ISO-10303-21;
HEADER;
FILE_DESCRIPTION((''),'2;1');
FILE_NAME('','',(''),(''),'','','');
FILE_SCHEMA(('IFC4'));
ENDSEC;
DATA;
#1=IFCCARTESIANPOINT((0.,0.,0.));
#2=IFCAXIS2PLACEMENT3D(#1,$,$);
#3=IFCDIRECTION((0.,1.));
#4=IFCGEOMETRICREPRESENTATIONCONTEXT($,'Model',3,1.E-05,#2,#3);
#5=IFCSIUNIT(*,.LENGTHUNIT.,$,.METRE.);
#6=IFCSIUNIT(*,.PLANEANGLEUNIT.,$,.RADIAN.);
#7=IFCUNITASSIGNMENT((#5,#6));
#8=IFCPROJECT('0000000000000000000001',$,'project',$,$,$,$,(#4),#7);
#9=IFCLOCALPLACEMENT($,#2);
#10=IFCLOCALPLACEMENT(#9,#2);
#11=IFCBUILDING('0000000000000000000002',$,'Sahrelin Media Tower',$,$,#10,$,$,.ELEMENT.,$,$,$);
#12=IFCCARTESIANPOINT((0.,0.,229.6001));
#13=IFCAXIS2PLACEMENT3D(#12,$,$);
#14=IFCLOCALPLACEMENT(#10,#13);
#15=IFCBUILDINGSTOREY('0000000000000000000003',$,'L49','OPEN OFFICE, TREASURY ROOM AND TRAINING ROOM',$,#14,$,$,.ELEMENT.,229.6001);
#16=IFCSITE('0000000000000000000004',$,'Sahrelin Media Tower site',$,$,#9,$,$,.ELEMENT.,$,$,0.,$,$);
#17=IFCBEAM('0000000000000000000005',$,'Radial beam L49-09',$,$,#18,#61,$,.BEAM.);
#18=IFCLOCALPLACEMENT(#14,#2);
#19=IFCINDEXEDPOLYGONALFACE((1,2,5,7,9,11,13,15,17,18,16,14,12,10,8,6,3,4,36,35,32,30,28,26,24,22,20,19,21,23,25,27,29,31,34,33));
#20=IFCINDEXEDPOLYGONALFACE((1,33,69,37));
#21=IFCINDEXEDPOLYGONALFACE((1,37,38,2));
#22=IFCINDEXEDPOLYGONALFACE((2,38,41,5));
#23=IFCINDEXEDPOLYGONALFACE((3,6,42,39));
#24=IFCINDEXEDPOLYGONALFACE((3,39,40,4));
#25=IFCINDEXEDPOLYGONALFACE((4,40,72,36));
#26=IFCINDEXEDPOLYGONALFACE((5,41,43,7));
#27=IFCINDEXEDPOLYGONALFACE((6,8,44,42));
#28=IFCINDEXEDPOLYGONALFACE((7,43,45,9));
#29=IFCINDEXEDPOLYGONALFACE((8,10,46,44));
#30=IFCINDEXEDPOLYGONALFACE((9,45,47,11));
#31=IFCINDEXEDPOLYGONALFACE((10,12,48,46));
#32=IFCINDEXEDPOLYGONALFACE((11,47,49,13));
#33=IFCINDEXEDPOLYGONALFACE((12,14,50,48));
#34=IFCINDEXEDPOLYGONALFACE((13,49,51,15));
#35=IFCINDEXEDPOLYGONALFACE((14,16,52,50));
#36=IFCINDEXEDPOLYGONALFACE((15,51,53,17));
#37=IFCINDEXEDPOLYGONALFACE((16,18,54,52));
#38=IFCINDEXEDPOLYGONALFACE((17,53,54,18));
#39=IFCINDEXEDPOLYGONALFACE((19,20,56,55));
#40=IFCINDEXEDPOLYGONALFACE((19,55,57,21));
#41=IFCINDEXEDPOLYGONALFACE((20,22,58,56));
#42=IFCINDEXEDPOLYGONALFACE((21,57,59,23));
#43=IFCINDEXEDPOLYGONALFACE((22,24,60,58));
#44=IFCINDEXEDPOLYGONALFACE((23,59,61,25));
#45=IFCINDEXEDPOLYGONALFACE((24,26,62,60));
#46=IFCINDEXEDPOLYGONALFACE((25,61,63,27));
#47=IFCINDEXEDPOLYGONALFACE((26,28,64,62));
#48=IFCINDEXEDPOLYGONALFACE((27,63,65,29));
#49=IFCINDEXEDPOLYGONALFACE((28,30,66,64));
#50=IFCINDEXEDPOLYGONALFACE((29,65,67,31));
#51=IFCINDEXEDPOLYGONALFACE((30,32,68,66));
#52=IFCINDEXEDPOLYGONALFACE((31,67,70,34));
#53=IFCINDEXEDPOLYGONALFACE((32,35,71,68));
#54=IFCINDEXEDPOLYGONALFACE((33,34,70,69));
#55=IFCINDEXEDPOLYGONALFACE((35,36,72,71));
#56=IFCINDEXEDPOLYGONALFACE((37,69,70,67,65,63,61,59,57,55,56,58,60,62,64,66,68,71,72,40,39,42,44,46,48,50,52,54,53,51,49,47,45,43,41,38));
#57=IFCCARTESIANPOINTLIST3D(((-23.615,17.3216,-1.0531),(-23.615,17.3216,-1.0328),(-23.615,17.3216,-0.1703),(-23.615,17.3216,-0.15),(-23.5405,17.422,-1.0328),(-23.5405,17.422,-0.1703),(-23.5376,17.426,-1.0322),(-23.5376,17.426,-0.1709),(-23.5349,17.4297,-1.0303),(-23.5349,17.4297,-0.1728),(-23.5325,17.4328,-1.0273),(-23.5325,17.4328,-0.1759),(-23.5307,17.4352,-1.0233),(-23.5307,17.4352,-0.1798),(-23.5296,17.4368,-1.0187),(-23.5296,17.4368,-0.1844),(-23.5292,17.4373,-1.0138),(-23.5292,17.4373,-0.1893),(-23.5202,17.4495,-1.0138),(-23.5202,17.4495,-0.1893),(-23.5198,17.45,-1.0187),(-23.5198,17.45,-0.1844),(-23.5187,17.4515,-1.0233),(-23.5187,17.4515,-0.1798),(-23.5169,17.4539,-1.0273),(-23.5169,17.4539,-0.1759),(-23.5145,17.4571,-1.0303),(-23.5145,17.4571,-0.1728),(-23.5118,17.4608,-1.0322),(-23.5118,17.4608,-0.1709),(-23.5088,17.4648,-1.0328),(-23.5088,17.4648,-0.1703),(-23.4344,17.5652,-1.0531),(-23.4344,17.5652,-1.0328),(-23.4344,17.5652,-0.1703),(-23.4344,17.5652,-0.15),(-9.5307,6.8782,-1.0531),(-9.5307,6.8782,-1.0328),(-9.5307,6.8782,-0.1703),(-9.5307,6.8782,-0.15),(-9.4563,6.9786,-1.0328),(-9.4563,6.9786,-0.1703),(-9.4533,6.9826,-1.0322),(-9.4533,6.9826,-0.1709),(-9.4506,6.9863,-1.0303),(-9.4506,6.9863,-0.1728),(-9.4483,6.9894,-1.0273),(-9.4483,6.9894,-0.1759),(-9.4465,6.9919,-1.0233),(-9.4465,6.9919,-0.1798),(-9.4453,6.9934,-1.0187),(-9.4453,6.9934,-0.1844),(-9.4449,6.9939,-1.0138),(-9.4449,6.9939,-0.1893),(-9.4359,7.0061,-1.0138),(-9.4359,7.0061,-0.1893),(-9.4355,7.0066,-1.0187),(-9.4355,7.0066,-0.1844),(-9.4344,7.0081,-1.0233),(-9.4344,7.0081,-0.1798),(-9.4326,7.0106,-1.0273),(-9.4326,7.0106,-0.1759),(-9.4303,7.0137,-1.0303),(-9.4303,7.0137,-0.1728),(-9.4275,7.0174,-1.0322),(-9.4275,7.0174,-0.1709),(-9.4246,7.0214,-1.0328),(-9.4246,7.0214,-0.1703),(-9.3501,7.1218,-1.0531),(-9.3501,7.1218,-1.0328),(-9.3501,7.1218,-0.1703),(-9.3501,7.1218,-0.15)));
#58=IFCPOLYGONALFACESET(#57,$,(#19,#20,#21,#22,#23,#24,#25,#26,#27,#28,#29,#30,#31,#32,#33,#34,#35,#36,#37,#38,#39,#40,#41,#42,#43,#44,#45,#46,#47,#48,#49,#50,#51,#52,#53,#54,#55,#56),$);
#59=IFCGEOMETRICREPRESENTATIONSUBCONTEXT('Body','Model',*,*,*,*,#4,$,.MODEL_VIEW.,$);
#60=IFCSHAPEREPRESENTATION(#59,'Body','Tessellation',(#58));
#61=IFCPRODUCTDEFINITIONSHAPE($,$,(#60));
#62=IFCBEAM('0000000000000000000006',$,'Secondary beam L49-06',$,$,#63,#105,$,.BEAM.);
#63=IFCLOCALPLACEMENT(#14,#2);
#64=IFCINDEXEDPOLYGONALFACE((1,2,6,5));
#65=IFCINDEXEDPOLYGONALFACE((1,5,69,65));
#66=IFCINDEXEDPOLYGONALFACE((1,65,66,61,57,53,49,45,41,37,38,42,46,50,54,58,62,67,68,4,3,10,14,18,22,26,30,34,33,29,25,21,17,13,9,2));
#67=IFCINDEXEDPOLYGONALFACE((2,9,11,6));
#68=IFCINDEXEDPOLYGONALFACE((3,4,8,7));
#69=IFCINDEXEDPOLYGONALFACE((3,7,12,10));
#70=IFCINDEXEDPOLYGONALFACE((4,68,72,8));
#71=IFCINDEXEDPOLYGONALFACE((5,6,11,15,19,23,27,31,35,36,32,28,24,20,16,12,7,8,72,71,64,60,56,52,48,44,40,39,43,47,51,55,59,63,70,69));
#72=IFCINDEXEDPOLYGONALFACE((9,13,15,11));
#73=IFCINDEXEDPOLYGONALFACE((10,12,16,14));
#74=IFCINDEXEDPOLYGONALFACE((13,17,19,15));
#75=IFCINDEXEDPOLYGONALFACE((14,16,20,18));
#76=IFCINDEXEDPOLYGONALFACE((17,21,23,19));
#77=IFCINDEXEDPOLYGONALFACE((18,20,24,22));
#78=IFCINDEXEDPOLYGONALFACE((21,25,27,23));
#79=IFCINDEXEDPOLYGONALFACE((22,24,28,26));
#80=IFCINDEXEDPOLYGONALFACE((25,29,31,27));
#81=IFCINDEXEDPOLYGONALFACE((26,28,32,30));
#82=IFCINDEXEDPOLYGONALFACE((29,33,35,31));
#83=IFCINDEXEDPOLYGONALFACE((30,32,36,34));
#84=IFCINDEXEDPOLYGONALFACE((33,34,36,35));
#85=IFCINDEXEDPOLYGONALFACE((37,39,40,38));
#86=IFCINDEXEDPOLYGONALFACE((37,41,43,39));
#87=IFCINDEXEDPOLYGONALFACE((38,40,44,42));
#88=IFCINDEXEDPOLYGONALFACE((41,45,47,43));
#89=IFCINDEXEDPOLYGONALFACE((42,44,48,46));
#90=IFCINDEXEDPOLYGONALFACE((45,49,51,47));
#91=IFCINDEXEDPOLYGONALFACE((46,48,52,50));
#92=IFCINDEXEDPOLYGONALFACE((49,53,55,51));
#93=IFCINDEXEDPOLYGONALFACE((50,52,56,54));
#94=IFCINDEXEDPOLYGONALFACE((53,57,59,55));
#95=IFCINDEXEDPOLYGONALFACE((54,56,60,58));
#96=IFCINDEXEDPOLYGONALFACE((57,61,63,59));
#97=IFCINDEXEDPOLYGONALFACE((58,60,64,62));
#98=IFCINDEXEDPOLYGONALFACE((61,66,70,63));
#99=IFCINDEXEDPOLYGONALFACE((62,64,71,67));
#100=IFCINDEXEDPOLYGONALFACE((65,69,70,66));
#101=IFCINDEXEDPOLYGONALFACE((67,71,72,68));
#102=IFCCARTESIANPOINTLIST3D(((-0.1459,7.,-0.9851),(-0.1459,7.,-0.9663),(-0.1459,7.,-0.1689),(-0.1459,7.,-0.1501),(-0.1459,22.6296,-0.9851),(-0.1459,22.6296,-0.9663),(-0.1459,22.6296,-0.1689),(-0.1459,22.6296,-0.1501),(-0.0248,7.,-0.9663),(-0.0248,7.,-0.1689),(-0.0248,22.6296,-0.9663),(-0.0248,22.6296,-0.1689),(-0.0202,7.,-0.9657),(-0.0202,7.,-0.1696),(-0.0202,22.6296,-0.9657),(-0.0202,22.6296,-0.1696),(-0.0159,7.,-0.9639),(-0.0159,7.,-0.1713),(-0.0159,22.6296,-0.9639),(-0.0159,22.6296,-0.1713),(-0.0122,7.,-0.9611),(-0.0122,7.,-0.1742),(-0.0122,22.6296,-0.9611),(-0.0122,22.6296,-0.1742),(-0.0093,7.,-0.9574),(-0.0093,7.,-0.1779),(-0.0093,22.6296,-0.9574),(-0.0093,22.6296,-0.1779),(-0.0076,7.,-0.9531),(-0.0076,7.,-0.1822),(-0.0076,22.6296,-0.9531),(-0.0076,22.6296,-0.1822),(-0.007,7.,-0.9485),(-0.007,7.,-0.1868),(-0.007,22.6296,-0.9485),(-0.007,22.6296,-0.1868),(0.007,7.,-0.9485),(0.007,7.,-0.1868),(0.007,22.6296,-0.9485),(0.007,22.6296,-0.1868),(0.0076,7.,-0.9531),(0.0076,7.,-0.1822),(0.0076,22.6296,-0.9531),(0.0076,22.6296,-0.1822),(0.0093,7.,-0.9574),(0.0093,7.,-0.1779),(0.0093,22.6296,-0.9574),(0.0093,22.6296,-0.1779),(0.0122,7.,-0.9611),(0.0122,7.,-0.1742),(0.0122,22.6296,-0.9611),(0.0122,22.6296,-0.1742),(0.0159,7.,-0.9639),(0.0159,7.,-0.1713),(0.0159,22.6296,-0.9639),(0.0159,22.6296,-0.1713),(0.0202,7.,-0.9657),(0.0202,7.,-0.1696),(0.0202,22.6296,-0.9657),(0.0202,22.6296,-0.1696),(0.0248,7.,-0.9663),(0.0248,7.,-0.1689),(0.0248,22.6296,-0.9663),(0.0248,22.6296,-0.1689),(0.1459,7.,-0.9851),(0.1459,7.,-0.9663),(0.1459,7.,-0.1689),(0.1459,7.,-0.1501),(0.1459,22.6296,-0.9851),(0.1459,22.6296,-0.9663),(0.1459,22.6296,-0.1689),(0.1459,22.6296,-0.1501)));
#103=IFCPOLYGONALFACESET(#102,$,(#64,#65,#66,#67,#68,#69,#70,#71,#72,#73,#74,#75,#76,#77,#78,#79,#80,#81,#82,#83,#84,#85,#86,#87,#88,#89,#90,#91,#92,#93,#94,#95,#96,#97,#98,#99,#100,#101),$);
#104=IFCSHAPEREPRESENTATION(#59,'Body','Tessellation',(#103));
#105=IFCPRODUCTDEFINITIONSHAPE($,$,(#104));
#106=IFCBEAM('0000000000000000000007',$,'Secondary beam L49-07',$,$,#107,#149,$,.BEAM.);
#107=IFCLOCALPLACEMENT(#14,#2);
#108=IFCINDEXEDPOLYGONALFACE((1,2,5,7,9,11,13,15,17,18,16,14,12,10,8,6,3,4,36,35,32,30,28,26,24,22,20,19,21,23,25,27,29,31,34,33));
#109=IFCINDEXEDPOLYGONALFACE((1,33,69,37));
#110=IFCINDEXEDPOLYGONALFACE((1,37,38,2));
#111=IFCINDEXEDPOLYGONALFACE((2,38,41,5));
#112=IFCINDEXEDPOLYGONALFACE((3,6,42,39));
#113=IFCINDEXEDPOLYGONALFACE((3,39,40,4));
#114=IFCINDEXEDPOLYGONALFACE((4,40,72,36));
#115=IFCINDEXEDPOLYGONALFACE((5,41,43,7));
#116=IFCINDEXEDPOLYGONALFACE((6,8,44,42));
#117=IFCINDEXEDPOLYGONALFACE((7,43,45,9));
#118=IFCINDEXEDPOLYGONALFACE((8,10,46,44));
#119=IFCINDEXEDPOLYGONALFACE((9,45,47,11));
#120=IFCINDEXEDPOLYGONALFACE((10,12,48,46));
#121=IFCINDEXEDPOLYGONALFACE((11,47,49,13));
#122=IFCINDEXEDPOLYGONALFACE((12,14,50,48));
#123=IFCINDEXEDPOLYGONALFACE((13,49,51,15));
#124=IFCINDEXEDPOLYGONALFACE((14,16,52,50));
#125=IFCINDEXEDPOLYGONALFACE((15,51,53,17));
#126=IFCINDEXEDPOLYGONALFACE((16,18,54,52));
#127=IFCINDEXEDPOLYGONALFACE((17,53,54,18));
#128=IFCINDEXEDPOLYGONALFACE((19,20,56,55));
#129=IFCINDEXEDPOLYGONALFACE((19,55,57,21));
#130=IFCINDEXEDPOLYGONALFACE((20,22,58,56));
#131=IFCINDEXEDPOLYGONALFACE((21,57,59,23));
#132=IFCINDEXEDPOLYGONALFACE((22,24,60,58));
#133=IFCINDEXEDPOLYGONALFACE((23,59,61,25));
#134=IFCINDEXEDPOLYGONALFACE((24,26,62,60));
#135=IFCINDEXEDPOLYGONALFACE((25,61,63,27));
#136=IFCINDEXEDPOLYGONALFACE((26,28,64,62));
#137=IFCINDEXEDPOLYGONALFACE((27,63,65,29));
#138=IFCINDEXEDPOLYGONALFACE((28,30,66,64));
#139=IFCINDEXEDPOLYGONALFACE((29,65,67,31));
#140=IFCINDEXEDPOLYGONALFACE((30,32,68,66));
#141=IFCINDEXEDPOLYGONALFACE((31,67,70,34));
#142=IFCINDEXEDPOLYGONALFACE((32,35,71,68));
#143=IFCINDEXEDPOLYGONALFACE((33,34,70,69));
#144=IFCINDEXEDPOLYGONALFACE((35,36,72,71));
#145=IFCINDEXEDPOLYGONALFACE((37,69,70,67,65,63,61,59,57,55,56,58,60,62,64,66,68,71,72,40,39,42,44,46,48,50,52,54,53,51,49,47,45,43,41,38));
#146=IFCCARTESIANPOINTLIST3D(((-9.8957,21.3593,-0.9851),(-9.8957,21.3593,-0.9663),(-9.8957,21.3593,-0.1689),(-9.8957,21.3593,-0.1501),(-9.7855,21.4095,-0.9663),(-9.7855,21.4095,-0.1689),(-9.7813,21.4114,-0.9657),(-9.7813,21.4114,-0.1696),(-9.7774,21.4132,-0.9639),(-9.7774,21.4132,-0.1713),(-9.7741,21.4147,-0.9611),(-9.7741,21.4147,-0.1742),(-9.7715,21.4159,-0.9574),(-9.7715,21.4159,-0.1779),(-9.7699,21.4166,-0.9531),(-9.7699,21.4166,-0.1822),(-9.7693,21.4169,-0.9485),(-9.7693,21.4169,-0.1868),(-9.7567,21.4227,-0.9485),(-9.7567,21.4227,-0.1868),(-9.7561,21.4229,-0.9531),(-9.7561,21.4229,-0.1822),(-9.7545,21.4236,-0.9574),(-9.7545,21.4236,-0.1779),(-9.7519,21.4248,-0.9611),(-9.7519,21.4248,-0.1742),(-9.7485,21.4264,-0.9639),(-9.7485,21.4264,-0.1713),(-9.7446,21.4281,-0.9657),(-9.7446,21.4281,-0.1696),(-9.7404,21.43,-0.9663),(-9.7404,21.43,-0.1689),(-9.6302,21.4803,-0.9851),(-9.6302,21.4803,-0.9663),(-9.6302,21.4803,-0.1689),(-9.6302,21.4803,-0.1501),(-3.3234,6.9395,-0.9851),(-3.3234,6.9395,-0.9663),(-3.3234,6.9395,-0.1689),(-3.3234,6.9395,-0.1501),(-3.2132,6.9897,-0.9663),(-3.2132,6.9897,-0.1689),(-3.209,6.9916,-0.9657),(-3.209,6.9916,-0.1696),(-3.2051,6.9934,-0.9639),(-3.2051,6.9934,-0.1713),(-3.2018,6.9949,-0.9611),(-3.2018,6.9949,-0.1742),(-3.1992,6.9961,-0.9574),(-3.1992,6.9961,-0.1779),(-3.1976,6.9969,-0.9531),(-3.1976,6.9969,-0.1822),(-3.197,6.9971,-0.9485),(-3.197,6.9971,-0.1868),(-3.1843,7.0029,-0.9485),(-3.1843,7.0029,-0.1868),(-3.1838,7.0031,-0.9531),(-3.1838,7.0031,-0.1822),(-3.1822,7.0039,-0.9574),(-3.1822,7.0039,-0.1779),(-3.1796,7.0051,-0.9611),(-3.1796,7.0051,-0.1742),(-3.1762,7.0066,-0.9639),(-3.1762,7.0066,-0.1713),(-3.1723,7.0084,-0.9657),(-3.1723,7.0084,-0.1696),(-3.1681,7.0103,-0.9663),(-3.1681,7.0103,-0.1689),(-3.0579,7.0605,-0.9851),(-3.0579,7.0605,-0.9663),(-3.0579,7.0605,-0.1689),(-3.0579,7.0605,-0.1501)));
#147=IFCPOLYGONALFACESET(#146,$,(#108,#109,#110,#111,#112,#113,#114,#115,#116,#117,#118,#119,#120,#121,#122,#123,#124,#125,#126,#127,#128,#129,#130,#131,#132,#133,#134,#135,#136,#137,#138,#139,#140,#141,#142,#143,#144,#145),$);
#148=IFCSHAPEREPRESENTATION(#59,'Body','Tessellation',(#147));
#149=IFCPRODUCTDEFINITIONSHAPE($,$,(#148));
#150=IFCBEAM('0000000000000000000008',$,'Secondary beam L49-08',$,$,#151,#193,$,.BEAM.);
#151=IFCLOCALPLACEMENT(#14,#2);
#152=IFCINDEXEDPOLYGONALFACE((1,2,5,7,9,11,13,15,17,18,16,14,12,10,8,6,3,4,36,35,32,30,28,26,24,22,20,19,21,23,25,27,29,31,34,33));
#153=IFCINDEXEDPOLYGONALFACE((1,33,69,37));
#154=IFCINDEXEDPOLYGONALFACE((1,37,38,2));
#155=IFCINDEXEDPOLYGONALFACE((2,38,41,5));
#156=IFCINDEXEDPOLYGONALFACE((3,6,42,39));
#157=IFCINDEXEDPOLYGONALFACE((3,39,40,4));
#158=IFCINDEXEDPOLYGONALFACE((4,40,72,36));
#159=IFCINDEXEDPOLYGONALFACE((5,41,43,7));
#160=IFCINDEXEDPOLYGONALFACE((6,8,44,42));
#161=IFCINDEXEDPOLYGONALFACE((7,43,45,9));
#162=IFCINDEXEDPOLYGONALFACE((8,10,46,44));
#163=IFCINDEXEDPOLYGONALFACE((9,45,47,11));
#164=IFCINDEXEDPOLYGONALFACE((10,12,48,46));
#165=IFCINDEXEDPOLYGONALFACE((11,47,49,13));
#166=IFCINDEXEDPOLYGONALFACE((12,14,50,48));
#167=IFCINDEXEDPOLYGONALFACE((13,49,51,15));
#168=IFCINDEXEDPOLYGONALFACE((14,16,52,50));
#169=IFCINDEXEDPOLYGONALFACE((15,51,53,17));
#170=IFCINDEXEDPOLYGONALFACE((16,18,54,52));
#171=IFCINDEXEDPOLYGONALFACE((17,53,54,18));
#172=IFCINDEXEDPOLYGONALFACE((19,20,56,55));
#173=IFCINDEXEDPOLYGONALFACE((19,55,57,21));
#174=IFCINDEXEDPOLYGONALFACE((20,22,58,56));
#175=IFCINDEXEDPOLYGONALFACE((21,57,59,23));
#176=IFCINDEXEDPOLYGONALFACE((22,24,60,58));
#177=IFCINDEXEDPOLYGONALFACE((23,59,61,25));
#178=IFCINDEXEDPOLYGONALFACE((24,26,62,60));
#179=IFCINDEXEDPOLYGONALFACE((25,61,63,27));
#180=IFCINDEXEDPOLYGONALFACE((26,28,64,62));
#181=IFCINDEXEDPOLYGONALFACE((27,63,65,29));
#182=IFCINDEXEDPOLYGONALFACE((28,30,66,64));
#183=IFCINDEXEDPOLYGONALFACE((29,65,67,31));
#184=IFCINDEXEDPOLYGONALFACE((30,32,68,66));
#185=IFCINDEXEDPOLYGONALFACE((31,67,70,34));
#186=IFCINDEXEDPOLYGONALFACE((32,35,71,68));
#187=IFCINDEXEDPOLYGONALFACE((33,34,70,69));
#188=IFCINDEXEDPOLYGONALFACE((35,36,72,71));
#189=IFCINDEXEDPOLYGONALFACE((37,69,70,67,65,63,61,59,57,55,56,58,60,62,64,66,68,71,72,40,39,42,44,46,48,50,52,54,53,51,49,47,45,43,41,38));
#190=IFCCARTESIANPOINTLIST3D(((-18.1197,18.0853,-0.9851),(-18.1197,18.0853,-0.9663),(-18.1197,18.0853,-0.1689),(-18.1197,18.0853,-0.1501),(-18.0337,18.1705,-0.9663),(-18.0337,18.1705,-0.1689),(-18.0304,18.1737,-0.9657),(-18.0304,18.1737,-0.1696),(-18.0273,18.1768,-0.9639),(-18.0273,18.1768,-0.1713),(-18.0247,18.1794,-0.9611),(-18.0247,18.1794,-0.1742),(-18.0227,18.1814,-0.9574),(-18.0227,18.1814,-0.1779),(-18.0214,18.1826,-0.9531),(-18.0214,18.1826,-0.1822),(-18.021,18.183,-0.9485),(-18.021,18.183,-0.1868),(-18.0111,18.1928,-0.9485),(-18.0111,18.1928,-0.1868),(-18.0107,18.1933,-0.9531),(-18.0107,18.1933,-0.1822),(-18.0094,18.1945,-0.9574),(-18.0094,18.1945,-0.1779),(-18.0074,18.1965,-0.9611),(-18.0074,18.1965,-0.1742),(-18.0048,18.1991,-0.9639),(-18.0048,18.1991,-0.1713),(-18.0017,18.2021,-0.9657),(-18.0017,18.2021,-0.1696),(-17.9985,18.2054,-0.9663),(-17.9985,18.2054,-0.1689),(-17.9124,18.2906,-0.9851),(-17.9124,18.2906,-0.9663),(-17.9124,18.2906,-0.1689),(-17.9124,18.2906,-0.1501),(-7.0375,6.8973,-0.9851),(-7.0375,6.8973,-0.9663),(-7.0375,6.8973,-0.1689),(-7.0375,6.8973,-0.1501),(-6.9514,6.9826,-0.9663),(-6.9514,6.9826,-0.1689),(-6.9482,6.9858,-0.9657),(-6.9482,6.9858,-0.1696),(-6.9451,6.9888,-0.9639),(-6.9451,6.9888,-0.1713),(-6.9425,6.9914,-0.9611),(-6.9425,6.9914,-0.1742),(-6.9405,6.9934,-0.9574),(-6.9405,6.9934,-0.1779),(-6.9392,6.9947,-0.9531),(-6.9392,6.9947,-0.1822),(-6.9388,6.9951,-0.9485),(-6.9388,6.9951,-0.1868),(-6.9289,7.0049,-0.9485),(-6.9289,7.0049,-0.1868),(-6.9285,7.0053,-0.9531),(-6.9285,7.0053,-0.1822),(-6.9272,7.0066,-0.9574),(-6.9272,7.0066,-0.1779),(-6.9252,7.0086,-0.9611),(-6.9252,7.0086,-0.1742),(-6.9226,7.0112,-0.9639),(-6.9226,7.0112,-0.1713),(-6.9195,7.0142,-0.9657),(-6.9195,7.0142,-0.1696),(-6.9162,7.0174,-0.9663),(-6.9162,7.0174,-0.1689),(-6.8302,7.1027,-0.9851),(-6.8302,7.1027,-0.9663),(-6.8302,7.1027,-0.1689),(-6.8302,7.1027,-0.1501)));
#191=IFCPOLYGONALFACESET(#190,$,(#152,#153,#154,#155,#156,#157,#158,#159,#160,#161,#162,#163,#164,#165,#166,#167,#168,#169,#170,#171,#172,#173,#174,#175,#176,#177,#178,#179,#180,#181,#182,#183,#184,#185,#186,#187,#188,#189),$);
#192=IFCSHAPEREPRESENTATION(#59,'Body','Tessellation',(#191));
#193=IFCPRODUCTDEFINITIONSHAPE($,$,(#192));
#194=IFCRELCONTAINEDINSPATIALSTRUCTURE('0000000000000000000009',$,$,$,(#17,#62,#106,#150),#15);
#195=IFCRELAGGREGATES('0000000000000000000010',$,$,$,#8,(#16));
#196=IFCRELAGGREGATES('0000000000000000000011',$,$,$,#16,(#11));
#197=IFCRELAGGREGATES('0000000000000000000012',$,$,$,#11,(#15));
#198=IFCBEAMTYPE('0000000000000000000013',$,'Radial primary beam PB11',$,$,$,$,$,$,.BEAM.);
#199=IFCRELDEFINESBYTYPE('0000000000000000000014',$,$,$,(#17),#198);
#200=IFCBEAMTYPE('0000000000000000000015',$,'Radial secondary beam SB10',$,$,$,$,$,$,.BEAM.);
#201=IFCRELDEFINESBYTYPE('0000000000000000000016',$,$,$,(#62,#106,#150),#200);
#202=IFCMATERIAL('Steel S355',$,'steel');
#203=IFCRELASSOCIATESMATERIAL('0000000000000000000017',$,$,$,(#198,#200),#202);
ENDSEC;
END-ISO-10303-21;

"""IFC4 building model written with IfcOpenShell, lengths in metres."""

from ifc_helpers import new_model, si_unit, direction, frame, origin, origin_2d, place, context, subcontext, project, spatial, i_section, extrude, material, material_profile, profile_set, type_object, element, save


model = new_model("IFC4")

# Units and contexts
model_context = context("Model", 3, precision=1e-05, world=origin(), true_north=direction((0.0, 1.0)))
body_context = subcontext(model_context, "Body", "Model", "MODEL_VIEW")
ifc_project = project(units=[si_unit("LENGTHUNIT", "METRE"), si_unit("PLANEANGLEUNIT", "RADIAN")], contexts=[model_context])

# Site, building, storey
site_placement = place(None, origin())
site = spatial("IfcSite", under=ifc_project, at=site_placement, Name="Sahrelin Media Tower site", CompositionType="ELEMENT", RefElevation=0.0)
building_placement = place(site_placement, origin())
building = spatial("IfcBuilding", under=site, at=building_placement, Name="Sahrelin Media Tower", CompositionType="ELEMENT")
storey_placement = place(building_placement, frame((0.0, 0.0, 229.6001)))
storey = spatial("IfcBuildingStorey", under=building, at=storey_placement, Name="L49", Description="OPEN OFFICE, TREASURY ROOM AND TRAINING ROOM", CompositionType="ELEMENT", Elevation=229.6001)

# Shared definitions
ifc_material_1 = material(Name="Steel S355", Category="steel")

# Beams
ifc_material_profile_1 = material_profile(ifc_material_1, i_section(OverallWidth=0.3032, OverallDepth=0.9031, WebThickness=0.0151, FlangeThickness=0.0203, FilletRadius=0.019, at=origin_2d()), Name="UB 914x305x201")
ifc_profile_set_1 = profile_set([ifc_material_profile_1], Name="Steel S355")
beam_type_1 = type_object("IfcBeamType", Name="Radial primary beam PB11", PredefinedType="BEAM", material=ifc_profile_set_1)
beam_1_placement = place(storey_placement, frame((-9.4404, 7.0, -0.6016), z_axis=(-0.803268, 0.595618, 0.0), x_axis=(-0.595618, -0.803268, 0.0)))
element("IfcBeam", 1, at=beam_1_placement, inside=storey, type_object=beam_type_1, Name="Radial beam L49-09", PredefinedType="BEAM", context=body_context, shape_type="SweptSolid", body=[
    extrude(i_section(OverallWidth=0.3032, OverallDepth=0.9031, WebThickness=0.0151, FlangeThickness=0.0203, FilletRadius=0.019, at=origin_2d()), origin(), (0.0, 0.0, 1.0), 17.5337),
])
ifc_material_profile_2 = material_profile(ifc_material_1, i_section(OverallWidth=0.2917, OverallDepth=0.835, WebThickness=0.0139, FlangeThickness=0.0188, FilletRadius=0.0178, at=origin_2d()), Name="UB 838x292x176")
ifc_profile_set_2 = profile_set([ifc_material_profile_2], Name="Steel S355")
beam_type_2 = type_object("IfcBeamType", Name="Radial secondary beam SB10", PredefinedType="BEAM", material=ifc_profile_set_2)
beam_2_placement = place(storey_placement, frame((0.0, 7.0, -0.5676), z_axis=(0.0, 1.0, 0.0), x_axis=(-1.0, 0.0, 0.0)))
element("IfcBeam", 2, at=beam_2_placement, inside=storey, type_object=beam_type_2, Name="Secondary beam L49-06", PredefinedType="BEAM", context=body_context, shape_type="SweptSolid", body=[
    extrude(i_section(OverallWidth=0.2917, OverallDepth=0.835, WebThickness=0.0139, FlangeThickness=0.0188, FilletRadius=0.0178, at=origin_2d()), origin(), (0.0, 0.0, 1.0), 15.6296),
])
beam_3_placement = place(storey_placement, frame((-3.1907, 7.0, -0.5676), z_axis=(-0.414737, 0.909941, 0.0), x_axis=(-0.909941, -0.414737, 0.0)))
element("IfcBeam", 3, at=beam_3_placement, inside=storey, type_object=beam_type_2, Name="Secondary beam L49-07", PredefinedType="BEAM", context=body_context, shape_type="SweptSolid", body=[
    extrude(i_section(OverallWidth=0.2917, OverallDepth=0.835, WebThickness=0.0139, FlangeThickness=0.0188, FilletRadius=0.0178, at=origin_2d()), origin(), (0.0, 0.0, 1.0), 15.8469),
])
beam_4_placement = place(storey_placement, frame((-6.9338, 7.0, -0.5676), z_axis=(-0.703742, 0.710455, 0.0), x_axis=(-0.710455, -0.703742, 0.0)))
element("IfcBeam", 4, at=beam_4_placement, inside=storey, type_object=beam_type_2, Name="Secondary beam L49-08", PredefinedType="BEAM", context=body_context, shape_type="SweptSolid", body=[
    extrude(i_section(OverallWidth=0.2917, OverallDepth=0.835, WebThickness=0.0139, FlangeThickness=0.0188, FilletRadius=0.0178, at=origin_2d()), origin(), (0.0, 0.0, 1.0), 15.7476),
])

save(model, "model.ifc")
